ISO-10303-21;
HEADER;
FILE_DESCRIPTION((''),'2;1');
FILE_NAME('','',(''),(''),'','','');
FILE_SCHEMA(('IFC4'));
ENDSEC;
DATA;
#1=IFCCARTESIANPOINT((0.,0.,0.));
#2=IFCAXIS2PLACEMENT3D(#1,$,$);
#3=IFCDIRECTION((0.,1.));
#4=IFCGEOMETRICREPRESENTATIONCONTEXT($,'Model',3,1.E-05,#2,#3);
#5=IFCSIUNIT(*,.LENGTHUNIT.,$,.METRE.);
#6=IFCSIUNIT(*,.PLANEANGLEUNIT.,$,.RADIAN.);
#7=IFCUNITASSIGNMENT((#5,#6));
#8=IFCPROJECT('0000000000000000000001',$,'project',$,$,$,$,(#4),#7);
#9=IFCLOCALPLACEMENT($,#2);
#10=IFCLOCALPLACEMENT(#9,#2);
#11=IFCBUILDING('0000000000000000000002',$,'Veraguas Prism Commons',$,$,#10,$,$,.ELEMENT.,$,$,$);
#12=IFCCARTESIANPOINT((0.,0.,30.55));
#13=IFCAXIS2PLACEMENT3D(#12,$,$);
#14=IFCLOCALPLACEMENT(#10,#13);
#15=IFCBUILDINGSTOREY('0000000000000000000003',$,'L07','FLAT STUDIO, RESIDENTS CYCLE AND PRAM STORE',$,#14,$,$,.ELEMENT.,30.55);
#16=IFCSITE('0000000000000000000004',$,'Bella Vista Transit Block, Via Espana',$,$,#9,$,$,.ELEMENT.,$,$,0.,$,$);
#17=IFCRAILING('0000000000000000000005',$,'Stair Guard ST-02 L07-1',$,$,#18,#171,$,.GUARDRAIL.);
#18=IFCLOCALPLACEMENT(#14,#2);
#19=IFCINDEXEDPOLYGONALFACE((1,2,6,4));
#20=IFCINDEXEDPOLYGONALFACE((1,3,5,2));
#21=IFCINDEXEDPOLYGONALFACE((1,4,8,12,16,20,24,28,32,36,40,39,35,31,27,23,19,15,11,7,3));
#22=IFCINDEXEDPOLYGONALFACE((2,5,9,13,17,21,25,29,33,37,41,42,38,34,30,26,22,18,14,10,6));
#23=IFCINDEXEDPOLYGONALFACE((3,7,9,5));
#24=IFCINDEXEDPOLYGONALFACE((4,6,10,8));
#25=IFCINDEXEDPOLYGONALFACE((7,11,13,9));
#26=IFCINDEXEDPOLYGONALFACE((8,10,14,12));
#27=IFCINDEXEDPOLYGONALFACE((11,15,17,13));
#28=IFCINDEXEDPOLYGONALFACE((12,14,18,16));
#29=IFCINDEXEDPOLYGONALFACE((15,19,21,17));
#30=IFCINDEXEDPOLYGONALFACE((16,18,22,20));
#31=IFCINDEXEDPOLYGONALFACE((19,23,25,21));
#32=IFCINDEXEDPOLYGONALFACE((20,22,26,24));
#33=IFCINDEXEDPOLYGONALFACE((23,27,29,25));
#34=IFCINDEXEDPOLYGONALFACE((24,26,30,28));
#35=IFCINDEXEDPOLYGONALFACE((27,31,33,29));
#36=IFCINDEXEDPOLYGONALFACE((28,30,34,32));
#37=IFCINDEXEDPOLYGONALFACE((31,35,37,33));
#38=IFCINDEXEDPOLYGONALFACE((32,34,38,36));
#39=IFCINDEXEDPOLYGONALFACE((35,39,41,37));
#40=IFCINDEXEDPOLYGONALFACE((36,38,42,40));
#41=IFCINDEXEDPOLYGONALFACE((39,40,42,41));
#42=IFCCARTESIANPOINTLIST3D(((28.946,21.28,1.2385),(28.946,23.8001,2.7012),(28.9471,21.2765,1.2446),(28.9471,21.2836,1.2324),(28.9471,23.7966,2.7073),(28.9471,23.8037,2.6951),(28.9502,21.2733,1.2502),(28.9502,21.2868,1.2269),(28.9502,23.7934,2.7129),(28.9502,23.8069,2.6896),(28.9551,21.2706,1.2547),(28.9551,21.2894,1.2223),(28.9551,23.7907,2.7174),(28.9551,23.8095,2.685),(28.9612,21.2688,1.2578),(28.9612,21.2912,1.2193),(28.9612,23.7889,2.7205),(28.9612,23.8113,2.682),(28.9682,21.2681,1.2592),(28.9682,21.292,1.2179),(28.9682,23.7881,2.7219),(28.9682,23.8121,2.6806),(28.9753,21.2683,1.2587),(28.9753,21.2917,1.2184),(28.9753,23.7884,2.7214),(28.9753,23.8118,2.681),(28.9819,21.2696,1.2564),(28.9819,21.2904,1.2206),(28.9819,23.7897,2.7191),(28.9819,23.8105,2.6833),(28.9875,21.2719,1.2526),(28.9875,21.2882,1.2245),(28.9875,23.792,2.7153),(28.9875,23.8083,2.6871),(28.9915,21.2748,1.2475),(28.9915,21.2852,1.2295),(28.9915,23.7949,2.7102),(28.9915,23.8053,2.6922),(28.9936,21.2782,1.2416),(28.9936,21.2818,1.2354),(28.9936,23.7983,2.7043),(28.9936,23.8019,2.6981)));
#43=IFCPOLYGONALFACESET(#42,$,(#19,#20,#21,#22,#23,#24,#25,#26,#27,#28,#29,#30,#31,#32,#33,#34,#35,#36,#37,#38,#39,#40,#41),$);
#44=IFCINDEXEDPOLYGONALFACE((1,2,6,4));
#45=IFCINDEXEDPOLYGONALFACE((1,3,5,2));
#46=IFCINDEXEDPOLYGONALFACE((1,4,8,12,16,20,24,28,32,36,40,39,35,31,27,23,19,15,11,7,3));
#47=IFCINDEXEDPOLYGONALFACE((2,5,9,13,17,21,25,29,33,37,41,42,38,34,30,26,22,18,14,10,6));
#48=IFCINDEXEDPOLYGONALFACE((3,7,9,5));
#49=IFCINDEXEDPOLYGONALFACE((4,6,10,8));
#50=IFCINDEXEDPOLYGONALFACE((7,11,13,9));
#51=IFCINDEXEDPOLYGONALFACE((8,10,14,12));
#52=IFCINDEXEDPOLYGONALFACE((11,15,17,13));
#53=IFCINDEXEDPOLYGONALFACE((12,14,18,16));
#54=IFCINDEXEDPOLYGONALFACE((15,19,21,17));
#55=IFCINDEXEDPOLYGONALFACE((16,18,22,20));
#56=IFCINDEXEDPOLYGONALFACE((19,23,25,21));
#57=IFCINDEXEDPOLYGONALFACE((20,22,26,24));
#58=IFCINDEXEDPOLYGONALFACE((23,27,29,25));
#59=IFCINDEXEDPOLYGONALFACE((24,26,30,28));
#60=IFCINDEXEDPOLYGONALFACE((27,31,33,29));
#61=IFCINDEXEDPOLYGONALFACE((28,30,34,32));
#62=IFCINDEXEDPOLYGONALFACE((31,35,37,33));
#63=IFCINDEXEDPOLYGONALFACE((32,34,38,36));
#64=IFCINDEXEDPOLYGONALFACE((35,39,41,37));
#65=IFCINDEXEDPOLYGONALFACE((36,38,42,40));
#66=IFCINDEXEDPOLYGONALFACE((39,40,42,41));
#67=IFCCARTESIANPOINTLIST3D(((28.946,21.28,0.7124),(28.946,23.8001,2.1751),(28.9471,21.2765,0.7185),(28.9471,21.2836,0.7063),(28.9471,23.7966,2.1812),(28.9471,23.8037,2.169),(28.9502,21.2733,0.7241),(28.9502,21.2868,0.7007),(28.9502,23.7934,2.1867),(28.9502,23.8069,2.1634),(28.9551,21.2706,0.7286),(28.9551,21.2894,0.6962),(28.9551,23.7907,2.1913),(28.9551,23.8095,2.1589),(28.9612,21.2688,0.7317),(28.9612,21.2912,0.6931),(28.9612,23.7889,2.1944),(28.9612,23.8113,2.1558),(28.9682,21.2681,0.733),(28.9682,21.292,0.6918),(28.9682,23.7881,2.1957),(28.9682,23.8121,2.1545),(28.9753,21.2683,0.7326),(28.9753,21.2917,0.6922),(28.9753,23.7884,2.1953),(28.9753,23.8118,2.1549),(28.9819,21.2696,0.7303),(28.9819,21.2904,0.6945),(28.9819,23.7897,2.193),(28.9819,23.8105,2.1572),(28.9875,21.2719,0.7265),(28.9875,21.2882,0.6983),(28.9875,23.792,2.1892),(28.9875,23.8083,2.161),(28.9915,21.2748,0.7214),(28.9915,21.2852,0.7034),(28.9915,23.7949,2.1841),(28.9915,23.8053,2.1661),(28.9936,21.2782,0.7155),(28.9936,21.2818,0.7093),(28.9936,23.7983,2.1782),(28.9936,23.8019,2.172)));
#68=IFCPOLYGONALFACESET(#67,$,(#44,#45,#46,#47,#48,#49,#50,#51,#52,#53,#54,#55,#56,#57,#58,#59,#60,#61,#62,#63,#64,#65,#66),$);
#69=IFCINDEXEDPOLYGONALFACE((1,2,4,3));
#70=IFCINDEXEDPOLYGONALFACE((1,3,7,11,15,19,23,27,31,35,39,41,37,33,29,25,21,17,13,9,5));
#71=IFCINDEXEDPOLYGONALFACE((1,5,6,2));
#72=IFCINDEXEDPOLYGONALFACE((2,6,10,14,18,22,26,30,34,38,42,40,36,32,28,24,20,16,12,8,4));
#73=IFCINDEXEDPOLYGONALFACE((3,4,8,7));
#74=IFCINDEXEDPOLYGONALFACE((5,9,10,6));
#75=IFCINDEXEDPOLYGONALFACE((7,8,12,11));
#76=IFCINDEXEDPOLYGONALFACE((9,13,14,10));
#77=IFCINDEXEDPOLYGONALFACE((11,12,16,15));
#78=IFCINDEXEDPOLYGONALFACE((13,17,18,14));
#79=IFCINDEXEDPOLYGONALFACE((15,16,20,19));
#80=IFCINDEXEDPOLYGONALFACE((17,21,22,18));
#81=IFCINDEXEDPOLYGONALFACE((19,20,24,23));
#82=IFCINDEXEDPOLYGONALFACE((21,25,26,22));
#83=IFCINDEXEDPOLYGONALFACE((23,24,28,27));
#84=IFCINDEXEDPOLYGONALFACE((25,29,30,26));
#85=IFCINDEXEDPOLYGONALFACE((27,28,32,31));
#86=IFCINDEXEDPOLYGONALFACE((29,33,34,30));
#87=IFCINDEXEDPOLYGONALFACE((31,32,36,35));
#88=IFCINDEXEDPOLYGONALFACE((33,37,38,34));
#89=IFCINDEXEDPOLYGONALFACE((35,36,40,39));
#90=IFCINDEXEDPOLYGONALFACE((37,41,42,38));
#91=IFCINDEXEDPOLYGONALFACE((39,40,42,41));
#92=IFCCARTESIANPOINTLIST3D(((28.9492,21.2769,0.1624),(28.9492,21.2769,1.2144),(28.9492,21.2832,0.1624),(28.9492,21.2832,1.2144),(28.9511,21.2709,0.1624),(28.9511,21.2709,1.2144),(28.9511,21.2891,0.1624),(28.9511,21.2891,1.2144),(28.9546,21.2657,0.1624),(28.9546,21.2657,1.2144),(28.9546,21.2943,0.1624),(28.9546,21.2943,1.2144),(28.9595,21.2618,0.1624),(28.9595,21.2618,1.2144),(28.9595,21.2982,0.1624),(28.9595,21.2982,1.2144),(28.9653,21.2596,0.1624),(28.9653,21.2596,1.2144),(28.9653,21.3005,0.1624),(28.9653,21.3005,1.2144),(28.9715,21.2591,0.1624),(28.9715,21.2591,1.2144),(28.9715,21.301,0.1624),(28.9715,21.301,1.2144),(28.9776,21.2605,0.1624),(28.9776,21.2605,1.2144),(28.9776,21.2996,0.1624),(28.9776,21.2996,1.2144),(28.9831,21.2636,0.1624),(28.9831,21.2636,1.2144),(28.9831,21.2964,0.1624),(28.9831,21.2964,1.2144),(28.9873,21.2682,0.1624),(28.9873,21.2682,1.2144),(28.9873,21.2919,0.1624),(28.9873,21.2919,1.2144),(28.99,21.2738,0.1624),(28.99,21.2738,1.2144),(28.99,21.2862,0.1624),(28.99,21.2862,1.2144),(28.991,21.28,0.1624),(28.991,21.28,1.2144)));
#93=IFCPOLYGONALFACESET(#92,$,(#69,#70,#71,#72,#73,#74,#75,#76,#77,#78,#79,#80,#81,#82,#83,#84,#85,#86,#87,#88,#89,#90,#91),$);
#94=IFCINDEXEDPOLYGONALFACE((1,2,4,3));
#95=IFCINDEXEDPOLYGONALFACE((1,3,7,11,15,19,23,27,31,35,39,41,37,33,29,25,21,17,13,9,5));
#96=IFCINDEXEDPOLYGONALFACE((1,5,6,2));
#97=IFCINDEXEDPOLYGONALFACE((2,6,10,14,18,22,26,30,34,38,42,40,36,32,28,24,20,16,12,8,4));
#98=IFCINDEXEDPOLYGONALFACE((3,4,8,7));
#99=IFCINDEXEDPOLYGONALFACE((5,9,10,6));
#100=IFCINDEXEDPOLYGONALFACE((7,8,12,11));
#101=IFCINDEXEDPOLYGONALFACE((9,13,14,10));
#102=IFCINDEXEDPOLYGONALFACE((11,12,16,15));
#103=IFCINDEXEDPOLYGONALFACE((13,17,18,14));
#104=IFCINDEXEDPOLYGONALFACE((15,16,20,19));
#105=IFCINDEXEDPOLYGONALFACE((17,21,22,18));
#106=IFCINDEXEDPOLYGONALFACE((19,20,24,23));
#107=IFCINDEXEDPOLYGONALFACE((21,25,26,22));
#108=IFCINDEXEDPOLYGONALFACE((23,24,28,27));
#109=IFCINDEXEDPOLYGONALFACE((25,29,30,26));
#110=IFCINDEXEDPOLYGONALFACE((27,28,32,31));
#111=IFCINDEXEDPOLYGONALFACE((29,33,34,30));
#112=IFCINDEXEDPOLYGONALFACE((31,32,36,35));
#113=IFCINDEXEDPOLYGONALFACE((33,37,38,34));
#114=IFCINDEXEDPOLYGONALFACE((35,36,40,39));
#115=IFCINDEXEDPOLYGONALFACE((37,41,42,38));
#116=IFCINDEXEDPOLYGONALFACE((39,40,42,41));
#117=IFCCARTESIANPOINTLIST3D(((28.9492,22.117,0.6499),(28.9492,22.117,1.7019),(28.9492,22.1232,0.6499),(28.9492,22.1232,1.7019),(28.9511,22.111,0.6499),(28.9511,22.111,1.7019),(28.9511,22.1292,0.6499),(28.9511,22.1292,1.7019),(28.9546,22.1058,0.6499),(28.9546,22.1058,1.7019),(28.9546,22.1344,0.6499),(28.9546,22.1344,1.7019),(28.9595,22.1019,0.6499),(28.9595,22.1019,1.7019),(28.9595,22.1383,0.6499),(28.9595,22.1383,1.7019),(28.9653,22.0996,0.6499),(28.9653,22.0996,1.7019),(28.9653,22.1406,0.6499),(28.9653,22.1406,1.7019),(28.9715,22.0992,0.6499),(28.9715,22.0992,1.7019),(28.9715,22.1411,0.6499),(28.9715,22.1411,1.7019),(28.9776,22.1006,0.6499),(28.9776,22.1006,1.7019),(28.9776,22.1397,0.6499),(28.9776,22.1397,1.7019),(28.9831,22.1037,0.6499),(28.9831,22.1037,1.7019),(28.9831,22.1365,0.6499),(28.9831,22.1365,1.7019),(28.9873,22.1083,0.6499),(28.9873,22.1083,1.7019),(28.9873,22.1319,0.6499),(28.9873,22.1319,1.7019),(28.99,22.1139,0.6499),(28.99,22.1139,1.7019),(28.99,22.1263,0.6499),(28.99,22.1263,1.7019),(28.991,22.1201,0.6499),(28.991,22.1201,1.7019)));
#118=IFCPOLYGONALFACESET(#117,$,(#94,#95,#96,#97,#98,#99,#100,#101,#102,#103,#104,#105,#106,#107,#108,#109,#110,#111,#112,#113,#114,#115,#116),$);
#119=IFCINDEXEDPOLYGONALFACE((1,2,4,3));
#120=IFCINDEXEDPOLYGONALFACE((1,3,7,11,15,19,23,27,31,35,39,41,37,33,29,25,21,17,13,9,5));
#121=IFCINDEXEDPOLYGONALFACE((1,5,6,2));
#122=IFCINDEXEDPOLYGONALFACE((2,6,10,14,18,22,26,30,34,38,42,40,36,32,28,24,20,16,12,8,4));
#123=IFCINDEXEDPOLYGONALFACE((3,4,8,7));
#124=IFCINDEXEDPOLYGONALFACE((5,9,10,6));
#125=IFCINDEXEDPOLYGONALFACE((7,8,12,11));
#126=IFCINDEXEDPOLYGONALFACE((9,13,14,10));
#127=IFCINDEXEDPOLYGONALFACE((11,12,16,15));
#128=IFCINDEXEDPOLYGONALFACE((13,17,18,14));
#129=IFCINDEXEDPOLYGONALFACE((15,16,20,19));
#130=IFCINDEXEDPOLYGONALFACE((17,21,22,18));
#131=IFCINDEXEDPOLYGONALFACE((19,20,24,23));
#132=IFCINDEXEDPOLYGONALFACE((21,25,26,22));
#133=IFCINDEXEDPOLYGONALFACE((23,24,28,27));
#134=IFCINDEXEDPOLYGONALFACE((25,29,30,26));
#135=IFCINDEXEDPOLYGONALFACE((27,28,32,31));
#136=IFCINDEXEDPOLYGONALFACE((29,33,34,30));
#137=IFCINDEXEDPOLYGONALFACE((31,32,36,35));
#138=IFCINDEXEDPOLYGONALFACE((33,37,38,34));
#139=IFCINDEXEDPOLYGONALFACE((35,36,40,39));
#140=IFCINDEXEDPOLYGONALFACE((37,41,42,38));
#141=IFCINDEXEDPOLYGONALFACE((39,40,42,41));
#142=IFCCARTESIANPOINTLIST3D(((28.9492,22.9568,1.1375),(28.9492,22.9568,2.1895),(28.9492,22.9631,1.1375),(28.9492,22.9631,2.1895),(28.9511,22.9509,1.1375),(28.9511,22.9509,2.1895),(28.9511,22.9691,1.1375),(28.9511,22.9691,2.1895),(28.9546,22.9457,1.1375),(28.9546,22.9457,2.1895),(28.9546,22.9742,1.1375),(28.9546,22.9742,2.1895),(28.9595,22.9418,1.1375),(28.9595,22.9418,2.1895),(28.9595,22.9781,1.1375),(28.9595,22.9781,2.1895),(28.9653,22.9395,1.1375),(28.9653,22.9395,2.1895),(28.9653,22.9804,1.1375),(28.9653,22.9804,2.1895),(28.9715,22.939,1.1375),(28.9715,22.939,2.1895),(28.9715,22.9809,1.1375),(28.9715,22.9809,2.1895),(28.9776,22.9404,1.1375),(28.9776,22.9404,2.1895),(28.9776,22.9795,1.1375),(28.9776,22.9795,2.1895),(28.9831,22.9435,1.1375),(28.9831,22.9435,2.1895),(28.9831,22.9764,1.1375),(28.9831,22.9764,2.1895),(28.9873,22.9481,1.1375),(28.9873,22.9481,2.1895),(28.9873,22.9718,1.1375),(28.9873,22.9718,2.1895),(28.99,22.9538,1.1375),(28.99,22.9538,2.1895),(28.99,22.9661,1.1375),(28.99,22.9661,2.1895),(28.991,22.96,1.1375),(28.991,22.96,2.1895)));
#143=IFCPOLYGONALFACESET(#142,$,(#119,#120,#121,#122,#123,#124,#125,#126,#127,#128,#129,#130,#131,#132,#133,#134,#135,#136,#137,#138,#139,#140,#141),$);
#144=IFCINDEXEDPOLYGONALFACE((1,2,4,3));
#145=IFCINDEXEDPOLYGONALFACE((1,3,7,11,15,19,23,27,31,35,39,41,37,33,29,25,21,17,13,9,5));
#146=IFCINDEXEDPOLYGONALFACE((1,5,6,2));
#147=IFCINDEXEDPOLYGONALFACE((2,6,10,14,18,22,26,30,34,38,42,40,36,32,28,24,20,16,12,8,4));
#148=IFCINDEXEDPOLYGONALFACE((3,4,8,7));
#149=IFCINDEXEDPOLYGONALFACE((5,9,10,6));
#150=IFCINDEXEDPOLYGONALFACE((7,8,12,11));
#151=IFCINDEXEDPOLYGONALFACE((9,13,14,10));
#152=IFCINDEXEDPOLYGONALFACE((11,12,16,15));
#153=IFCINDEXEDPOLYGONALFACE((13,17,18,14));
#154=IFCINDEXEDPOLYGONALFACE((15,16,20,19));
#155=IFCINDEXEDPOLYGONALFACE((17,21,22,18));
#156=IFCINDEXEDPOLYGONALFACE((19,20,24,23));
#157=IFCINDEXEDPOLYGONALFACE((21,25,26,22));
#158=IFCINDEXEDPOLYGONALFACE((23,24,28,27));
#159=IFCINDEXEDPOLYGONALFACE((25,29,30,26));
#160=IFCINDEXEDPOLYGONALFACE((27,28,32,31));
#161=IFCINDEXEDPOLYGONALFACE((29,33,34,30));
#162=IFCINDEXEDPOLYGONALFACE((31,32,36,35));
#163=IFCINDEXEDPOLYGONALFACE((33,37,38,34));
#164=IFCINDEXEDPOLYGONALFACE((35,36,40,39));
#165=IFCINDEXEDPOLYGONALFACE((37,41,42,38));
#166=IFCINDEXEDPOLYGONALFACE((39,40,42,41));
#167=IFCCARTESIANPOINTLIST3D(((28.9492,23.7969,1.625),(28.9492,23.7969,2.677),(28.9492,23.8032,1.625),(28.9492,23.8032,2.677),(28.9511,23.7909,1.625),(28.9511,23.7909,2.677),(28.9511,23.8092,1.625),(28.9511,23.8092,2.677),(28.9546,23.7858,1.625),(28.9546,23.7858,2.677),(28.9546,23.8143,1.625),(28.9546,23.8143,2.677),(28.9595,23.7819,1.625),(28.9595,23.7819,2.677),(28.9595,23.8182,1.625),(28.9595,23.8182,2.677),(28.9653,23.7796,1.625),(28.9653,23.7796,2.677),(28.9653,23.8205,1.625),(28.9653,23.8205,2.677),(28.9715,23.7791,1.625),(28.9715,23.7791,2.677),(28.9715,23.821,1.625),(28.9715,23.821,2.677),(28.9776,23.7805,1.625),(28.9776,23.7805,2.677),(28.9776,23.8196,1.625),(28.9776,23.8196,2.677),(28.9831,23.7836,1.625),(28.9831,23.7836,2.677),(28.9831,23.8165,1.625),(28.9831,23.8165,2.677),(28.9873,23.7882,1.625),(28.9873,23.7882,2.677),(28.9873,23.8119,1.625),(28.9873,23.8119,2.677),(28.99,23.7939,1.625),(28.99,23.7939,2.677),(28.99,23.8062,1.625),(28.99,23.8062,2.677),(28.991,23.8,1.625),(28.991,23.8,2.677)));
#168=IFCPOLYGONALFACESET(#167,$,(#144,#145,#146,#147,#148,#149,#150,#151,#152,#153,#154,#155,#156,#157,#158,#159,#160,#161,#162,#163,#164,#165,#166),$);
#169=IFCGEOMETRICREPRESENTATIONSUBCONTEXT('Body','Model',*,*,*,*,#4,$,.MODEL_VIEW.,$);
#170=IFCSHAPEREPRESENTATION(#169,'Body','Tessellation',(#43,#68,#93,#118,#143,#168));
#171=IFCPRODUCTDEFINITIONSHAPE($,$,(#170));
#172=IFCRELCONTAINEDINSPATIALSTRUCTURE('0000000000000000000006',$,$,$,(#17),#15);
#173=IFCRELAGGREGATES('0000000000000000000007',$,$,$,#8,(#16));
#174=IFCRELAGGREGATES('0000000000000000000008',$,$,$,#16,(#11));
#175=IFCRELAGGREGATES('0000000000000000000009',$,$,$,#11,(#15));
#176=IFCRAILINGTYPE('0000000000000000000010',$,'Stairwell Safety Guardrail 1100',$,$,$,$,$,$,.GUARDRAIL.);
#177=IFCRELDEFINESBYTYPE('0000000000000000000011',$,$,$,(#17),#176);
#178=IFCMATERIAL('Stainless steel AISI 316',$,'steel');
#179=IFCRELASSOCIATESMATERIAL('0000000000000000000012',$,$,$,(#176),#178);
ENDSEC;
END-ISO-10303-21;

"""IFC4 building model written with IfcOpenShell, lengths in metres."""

from ifc_helpers import new_model, si_unit, direction, frame, origin, origin_2d, place, context, subcontext, project, spatial, circle, extrude, material, type_object, element, save


model = new_model("IFC4")

# Units and contexts
model_context = context("Model", 3, precision=1e-05, world=origin(), true_north=direction((0.0, 1.0)))
body_context = subcontext(model_context, "Body", "Model", "MODEL_VIEW")
ifc_project = project(units=[si_unit("LENGTHUNIT", "METRE"), si_unit("PLANEANGLEUNIT", "RADIAN")], contexts=[model_context])

# Site, building, storey
site_placement = place(None, origin())
site = spatial("IfcSite", under=ifc_project, at=site_placement, Name="Bella Vista Transit Block, Via Espana", CompositionType="ELEMENT", RefElevation=0.0)
building_placement = place(site_placement, origin())
building = spatial("IfcBuilding", under=site, at=building_placement, Name="Veraguas Prism Commons", CompositionType="ELEMENT")
storey_placement = place(building_placement, frame((0.0, 0.0, 30.55)))
storey = spatial("IfcBuildingStorey", under=building, at=storey_placement, Name="L07", Description="FLAT STUDIO, RESIDENTS CYCLE AND PRAM STORE", CompositionType="ELEMENT", Elevation=30.55)

# Shared definitions
ifc_material_1 = material(Name="Stainless steel AISI 316", Category="steel")

# Railing
railing_type_1 = type_object("IfcRailingType", Name="Stairwell Safety Guardrail 1100", PredefinedType="GUARDRAIL", material=ifc_material_1)
railing_1_placement = place(storey_placement, frame((28.97, 21.28, 0.1624)))
element("IfcRailing", 1, at=railing_1_placement, inside=storey, type_object=railing_type_1, Name="Stair Guard ST-02 L07-1", PredefinedType="GUARDRAIL", context=body_context, shape_type="SweptSolid", body=[
    extrude(circle(Radius=0.0239, at=origin_2d()), frame((0.0, 0.0, 1.0762), z_axis=(0.0, 0.864877, 0.501984), x_axis=(-1.0, 0.0, 0.0)), (0.0, 0.0, 1.0), 2.9138),
    extrude(circle(Radius=0.0239, at=origin_2d()), frame((0.0, 0.0, 0.55), z_axis=(0.0, 0.864877, 0.501984), x_axis=(-1.0, 0.0, 0.0)), (0.0, 0.0, 1.0), 2.9138),
    extrude(circle(Radius=0.021, at=origin_2d()), origin(), (0.0, 0.0, 1.0), 1.052),
    extrude(circle(Radius=0.021, at=origin_2d()), frame((0.0, 0.8401, 0.4875)), (0.0, 0.0, 1.0), 1.052),
    extrude(circle(Radius=0.021, at=origin_2d()), frame((0.0, 1.6799, 0.9751)), (0.0, 0.0, 1.0), 1.052),
    extrude(circle(Radius=0.021, at=origin_2d()), frame((0.0, 2.52, 1.4626)), (0.0, 0.0, 1.0), 1.052),
])

save(model, "model.ifc")
